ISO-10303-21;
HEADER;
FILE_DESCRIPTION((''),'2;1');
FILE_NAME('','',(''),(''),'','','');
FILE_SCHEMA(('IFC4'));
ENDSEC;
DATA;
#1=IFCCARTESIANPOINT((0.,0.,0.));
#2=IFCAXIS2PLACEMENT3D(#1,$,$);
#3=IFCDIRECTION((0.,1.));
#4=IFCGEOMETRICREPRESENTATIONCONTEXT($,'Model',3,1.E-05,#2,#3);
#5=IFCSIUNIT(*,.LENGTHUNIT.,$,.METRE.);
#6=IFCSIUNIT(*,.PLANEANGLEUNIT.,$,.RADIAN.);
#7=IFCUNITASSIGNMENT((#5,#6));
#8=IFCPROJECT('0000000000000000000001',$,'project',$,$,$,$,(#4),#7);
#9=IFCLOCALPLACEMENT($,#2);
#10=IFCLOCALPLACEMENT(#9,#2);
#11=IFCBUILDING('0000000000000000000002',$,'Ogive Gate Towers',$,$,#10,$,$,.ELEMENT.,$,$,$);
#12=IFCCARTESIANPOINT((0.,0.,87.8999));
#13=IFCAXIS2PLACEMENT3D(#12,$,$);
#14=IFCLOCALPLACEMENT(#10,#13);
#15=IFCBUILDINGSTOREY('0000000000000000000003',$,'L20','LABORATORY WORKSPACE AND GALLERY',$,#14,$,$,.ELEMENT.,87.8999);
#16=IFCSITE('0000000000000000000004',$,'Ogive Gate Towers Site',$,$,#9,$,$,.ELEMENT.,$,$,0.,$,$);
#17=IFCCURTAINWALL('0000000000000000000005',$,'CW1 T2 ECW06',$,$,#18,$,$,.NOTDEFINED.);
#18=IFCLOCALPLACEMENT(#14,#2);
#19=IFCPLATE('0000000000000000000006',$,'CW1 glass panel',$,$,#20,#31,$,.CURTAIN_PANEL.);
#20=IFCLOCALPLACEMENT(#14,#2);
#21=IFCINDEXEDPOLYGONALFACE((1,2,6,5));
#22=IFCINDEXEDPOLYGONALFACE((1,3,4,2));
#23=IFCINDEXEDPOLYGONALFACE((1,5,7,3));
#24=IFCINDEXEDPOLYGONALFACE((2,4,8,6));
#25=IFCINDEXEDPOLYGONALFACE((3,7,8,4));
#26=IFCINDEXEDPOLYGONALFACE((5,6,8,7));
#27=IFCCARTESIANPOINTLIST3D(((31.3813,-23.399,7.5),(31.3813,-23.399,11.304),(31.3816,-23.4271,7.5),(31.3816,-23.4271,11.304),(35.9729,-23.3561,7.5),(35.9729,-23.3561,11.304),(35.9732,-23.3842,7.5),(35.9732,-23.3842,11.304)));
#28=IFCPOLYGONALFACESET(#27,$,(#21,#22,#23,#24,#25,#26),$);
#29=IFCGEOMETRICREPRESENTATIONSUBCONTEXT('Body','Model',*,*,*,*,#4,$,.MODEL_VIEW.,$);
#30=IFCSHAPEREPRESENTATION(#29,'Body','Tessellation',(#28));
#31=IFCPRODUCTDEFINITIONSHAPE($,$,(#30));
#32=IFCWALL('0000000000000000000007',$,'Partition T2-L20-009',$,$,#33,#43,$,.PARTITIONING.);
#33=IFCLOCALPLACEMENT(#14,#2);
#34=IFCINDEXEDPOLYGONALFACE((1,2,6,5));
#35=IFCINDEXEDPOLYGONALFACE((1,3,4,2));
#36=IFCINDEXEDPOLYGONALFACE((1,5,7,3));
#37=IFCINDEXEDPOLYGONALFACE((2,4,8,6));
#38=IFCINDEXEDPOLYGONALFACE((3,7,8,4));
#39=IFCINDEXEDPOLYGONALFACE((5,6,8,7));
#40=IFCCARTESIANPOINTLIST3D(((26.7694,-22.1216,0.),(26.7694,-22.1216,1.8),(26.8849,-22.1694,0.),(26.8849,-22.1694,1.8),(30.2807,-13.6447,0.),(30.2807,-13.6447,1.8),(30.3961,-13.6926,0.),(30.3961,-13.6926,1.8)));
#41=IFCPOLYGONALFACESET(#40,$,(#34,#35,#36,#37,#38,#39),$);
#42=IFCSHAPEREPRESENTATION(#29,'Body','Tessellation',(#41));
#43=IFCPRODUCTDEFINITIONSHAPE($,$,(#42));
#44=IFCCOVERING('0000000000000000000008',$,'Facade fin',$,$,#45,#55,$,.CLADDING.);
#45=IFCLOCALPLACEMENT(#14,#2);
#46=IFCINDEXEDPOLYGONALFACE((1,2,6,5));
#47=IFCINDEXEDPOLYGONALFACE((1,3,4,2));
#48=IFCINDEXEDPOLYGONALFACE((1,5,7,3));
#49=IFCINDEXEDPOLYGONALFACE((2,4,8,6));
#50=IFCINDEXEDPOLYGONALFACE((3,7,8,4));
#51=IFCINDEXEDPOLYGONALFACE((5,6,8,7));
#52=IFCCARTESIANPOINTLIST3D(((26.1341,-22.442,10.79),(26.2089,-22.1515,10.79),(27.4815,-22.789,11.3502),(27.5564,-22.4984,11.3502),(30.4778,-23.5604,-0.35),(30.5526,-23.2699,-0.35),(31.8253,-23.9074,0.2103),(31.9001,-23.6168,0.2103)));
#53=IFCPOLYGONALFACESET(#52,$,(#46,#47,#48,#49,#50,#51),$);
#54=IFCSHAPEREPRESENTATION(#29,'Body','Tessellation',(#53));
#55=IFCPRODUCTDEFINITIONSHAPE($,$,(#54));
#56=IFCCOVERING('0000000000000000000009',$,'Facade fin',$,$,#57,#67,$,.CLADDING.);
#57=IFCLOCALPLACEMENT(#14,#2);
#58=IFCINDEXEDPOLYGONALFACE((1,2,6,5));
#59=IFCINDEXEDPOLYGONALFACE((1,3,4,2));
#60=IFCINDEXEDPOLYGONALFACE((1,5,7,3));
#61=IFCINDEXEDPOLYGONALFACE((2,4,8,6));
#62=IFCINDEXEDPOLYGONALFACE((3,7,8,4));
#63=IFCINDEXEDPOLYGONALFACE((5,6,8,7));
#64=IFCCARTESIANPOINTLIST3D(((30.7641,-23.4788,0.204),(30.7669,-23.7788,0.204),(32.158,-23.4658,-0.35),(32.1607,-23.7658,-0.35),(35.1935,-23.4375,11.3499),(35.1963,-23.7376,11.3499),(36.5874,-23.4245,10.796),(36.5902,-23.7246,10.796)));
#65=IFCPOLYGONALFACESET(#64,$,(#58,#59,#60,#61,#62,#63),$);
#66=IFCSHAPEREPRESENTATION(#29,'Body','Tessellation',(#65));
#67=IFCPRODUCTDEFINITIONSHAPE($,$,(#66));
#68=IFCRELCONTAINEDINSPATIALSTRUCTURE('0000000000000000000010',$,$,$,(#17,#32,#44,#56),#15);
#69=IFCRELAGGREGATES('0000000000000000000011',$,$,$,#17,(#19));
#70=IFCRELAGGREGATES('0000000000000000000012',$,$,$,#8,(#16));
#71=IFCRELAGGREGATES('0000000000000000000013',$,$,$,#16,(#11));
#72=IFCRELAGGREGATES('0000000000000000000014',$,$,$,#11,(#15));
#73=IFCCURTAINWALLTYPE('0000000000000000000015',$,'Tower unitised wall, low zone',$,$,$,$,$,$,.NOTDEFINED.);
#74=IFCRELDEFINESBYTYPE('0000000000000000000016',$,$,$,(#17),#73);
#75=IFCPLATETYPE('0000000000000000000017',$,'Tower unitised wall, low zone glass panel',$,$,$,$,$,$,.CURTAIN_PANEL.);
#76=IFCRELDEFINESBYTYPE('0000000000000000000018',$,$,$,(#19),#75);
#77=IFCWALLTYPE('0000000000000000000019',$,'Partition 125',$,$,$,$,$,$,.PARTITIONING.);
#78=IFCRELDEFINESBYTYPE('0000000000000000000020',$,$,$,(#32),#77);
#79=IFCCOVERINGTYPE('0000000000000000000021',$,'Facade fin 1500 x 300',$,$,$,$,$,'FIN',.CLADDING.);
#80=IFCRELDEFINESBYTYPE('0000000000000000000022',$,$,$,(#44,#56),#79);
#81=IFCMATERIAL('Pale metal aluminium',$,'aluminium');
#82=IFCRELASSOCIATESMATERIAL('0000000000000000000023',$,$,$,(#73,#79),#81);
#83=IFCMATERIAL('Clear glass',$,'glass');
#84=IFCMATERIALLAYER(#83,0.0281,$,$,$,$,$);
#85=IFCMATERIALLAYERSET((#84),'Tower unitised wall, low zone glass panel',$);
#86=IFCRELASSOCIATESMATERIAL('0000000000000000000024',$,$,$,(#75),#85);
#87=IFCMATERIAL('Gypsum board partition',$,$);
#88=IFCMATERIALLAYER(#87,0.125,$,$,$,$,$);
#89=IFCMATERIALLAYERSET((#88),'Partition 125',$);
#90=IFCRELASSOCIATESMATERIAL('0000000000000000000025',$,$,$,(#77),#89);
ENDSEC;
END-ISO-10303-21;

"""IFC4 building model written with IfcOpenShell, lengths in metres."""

from ifc_helpers import new_model, si_unit, direction, frame, frame_2d, origin, origin_2d, place, context, subcontext, project, spatial, rectangle, extrude, material, layer, layer_set, material_profile, profile_set, type_object, element, aggregate, save


model = new_model("IFC4")

# Units and contexts
model_context = context("Model", 3, precision=1e-05, world=origin(), true_north=direction((0.0, 1.0)))
body_context = subcontext(model_context, "Body", "Model", "MODEL_VIEW")
ifc_project = project(units=[si_unit("LENGTHUNIT", "METRE"), si_unit("PLANEANGLEUNIT", "RADIAN")], contexts=[model_context])

# Site, building, storey
site_placement = place(None, origin())
site = spatial("IfcSite", under=ifc_project, at=site_placement, Name="Ogive Gate Towers Site", CompositionType="ELEMENT", RefElevation=0.0)
building_placement = place(site_placement, origin())
building = spatial("IfcBuilding", under=site, at=building_placement, Name="Ogive Gate Towers", CompositionType="ELEMENT")
storey_placement = place(building_placement, frame((0.0, 0.0, 87.8999)))
storey = spatial("IfcBuildingStorey", under=building, at=storey_placement, Name="L20", Description="LABORATORY WORKSPACE AND GALLERY", CompositionType="ELEMENT", Elevation=87.8999)

# Curtain wall, plate
ifc_material_1 = material(Name="Pale metal aluminium", Category="aluminium")
curtain_wall_type = type_object("IfcCurtainWallType", Name="Tower unitised wall, low zone", PredefinedType="NOTDEFINED", material=ifc_material_1)
curtain_wall_placement = place(storey_placement, origin())
curtain_wall = element("IfcCurtainWall", 1, at=curtain_wall_placement, inside=storey, type_object=curtain_wall_type, Name="CW1 T2 ECW06", PredefinedType="NOTDEFINED")
ifc_material_2 = material(Name="Clear glass", Category="glass")
ifc_layer_1 = layer(ifc_material_2, 0.0281)
ifc_layer_set_1 = layer_set([ifc_layer_1], Name="Tower unitised wall, low zone glass panel")
plate_type = type_object("IfcPlateType", Name="Tower unitised wall, low zone glass panel", PredefinedType="CURTAIN_PANEL", material=ifc_layer_set_1)
plate_1_placement = place(storey_placement, frame((33.6772, -23.3916, 7.5), z_axis=(0.0, 0.0, 1.0), x_axis=(0.999956, 0.009337, 0.0)))
plate_1 = element("IfcPlate", 2, at=plate_1_placement, type_object=plate_type, Name="CW1 glass panel", PredefinedType="CURTAIN_PANEL", context=body_context, shape_type="SweptSolid", body=[
    extrude(rectangle(XDim=4.5918, YDim=0.0281, at=origin_2d()), origin(), (0.0, 0.0, 1.0), 3.804),
])
aggregate(curtain_wall, [plate_1])

# Wall
ifc_material_3 = material(Name="Gypsum board partition")
ifc_layer_2 = layer(ifc_material_3, 0.125)
ifc_layer_set_2 = layer_set([ifc_layer_2], Name="Partition 125")
wall_type = type_object("IfcWallType", Name="Partition 125", PredefinedType="PARTITIONING", material=ifc_layer_set_2)
wall_placement = place(storey_placement, frame((26.8271, -22.1455, 0.0), z_axis=(0.0, 0.0, 1.0), x_axis=(0.382685, 0.923879, 0.0)))
element("IfcWall", 3, at=wall_placement, inside=storey, type_object=wall_type, Name="Partition T2-L20-009", PredefinedType="PARTITIONING", context=body_context, shape_type="SweptSolid", body=[
    extrude(rectangle(XDim=9.1753, YDim=0.125, at=frame_2d((4.5876, 0.0))), origin(), (0.0, 0.0, 1.0), 1.8),
])

# Coverings
ifc_material_profile_1 = material_profile(ifc_material_1, rectangle(XDim=0.3, YDim=1.5, at=origin_2d()), Name="1500 x 300 pale metal aluminium")
ifc_profile_set_1 = profile_set([ifc_material_profile_1], Name="Pale metal aluminium")
covering_type = type_object("IfcCoveringType", Name="Facade fin 1500 x 300", ElementType="FIN", PredefinedType="CLADDING", material=ifc_profile_set_1)
covering_1_placement = place(storey_placement, frame((31.189, -23.5886, -0.0698), z_axis=(-0.361708, 0.093131, 0.927628), x_axis=(-0.249343, -0.968415, 0.0)))
element("IfcCovering", 4, at=covering_1_placement, inside=storey, type_object=covering_type, Name="Facade fin", PredefinedType="CLADDING", context=body_context, shape_type="SweptSolid", body=[
    extrude(rectangle(XDim=0.3, YDim=1.5, at=origin_2d()), origin(), (0.0, 0.0, 1.0), 12.009),
])
covering_2_placement = place(storey_placement, frame((31.4624, -23.6223, -0.073), z_axis=(0.369306, 0.00344, 0.929301), x_axis=(-0.009314, 0.999957, 0.0)))
element("IfcCovering", 5, at=covering_2_placement, inside=storey, type_object=covering_type, Name="Facade fin", PredefinedType="CLADDING", context=body_context, shape_type="SweptSolid", body=[
    extrude(rectangle(XDim=0.3, YDim=1.5, at=origin_2d()), origin(), (0.0, 0.0, 1.0), 11.9939),
])

save(model, "model.ifc")
